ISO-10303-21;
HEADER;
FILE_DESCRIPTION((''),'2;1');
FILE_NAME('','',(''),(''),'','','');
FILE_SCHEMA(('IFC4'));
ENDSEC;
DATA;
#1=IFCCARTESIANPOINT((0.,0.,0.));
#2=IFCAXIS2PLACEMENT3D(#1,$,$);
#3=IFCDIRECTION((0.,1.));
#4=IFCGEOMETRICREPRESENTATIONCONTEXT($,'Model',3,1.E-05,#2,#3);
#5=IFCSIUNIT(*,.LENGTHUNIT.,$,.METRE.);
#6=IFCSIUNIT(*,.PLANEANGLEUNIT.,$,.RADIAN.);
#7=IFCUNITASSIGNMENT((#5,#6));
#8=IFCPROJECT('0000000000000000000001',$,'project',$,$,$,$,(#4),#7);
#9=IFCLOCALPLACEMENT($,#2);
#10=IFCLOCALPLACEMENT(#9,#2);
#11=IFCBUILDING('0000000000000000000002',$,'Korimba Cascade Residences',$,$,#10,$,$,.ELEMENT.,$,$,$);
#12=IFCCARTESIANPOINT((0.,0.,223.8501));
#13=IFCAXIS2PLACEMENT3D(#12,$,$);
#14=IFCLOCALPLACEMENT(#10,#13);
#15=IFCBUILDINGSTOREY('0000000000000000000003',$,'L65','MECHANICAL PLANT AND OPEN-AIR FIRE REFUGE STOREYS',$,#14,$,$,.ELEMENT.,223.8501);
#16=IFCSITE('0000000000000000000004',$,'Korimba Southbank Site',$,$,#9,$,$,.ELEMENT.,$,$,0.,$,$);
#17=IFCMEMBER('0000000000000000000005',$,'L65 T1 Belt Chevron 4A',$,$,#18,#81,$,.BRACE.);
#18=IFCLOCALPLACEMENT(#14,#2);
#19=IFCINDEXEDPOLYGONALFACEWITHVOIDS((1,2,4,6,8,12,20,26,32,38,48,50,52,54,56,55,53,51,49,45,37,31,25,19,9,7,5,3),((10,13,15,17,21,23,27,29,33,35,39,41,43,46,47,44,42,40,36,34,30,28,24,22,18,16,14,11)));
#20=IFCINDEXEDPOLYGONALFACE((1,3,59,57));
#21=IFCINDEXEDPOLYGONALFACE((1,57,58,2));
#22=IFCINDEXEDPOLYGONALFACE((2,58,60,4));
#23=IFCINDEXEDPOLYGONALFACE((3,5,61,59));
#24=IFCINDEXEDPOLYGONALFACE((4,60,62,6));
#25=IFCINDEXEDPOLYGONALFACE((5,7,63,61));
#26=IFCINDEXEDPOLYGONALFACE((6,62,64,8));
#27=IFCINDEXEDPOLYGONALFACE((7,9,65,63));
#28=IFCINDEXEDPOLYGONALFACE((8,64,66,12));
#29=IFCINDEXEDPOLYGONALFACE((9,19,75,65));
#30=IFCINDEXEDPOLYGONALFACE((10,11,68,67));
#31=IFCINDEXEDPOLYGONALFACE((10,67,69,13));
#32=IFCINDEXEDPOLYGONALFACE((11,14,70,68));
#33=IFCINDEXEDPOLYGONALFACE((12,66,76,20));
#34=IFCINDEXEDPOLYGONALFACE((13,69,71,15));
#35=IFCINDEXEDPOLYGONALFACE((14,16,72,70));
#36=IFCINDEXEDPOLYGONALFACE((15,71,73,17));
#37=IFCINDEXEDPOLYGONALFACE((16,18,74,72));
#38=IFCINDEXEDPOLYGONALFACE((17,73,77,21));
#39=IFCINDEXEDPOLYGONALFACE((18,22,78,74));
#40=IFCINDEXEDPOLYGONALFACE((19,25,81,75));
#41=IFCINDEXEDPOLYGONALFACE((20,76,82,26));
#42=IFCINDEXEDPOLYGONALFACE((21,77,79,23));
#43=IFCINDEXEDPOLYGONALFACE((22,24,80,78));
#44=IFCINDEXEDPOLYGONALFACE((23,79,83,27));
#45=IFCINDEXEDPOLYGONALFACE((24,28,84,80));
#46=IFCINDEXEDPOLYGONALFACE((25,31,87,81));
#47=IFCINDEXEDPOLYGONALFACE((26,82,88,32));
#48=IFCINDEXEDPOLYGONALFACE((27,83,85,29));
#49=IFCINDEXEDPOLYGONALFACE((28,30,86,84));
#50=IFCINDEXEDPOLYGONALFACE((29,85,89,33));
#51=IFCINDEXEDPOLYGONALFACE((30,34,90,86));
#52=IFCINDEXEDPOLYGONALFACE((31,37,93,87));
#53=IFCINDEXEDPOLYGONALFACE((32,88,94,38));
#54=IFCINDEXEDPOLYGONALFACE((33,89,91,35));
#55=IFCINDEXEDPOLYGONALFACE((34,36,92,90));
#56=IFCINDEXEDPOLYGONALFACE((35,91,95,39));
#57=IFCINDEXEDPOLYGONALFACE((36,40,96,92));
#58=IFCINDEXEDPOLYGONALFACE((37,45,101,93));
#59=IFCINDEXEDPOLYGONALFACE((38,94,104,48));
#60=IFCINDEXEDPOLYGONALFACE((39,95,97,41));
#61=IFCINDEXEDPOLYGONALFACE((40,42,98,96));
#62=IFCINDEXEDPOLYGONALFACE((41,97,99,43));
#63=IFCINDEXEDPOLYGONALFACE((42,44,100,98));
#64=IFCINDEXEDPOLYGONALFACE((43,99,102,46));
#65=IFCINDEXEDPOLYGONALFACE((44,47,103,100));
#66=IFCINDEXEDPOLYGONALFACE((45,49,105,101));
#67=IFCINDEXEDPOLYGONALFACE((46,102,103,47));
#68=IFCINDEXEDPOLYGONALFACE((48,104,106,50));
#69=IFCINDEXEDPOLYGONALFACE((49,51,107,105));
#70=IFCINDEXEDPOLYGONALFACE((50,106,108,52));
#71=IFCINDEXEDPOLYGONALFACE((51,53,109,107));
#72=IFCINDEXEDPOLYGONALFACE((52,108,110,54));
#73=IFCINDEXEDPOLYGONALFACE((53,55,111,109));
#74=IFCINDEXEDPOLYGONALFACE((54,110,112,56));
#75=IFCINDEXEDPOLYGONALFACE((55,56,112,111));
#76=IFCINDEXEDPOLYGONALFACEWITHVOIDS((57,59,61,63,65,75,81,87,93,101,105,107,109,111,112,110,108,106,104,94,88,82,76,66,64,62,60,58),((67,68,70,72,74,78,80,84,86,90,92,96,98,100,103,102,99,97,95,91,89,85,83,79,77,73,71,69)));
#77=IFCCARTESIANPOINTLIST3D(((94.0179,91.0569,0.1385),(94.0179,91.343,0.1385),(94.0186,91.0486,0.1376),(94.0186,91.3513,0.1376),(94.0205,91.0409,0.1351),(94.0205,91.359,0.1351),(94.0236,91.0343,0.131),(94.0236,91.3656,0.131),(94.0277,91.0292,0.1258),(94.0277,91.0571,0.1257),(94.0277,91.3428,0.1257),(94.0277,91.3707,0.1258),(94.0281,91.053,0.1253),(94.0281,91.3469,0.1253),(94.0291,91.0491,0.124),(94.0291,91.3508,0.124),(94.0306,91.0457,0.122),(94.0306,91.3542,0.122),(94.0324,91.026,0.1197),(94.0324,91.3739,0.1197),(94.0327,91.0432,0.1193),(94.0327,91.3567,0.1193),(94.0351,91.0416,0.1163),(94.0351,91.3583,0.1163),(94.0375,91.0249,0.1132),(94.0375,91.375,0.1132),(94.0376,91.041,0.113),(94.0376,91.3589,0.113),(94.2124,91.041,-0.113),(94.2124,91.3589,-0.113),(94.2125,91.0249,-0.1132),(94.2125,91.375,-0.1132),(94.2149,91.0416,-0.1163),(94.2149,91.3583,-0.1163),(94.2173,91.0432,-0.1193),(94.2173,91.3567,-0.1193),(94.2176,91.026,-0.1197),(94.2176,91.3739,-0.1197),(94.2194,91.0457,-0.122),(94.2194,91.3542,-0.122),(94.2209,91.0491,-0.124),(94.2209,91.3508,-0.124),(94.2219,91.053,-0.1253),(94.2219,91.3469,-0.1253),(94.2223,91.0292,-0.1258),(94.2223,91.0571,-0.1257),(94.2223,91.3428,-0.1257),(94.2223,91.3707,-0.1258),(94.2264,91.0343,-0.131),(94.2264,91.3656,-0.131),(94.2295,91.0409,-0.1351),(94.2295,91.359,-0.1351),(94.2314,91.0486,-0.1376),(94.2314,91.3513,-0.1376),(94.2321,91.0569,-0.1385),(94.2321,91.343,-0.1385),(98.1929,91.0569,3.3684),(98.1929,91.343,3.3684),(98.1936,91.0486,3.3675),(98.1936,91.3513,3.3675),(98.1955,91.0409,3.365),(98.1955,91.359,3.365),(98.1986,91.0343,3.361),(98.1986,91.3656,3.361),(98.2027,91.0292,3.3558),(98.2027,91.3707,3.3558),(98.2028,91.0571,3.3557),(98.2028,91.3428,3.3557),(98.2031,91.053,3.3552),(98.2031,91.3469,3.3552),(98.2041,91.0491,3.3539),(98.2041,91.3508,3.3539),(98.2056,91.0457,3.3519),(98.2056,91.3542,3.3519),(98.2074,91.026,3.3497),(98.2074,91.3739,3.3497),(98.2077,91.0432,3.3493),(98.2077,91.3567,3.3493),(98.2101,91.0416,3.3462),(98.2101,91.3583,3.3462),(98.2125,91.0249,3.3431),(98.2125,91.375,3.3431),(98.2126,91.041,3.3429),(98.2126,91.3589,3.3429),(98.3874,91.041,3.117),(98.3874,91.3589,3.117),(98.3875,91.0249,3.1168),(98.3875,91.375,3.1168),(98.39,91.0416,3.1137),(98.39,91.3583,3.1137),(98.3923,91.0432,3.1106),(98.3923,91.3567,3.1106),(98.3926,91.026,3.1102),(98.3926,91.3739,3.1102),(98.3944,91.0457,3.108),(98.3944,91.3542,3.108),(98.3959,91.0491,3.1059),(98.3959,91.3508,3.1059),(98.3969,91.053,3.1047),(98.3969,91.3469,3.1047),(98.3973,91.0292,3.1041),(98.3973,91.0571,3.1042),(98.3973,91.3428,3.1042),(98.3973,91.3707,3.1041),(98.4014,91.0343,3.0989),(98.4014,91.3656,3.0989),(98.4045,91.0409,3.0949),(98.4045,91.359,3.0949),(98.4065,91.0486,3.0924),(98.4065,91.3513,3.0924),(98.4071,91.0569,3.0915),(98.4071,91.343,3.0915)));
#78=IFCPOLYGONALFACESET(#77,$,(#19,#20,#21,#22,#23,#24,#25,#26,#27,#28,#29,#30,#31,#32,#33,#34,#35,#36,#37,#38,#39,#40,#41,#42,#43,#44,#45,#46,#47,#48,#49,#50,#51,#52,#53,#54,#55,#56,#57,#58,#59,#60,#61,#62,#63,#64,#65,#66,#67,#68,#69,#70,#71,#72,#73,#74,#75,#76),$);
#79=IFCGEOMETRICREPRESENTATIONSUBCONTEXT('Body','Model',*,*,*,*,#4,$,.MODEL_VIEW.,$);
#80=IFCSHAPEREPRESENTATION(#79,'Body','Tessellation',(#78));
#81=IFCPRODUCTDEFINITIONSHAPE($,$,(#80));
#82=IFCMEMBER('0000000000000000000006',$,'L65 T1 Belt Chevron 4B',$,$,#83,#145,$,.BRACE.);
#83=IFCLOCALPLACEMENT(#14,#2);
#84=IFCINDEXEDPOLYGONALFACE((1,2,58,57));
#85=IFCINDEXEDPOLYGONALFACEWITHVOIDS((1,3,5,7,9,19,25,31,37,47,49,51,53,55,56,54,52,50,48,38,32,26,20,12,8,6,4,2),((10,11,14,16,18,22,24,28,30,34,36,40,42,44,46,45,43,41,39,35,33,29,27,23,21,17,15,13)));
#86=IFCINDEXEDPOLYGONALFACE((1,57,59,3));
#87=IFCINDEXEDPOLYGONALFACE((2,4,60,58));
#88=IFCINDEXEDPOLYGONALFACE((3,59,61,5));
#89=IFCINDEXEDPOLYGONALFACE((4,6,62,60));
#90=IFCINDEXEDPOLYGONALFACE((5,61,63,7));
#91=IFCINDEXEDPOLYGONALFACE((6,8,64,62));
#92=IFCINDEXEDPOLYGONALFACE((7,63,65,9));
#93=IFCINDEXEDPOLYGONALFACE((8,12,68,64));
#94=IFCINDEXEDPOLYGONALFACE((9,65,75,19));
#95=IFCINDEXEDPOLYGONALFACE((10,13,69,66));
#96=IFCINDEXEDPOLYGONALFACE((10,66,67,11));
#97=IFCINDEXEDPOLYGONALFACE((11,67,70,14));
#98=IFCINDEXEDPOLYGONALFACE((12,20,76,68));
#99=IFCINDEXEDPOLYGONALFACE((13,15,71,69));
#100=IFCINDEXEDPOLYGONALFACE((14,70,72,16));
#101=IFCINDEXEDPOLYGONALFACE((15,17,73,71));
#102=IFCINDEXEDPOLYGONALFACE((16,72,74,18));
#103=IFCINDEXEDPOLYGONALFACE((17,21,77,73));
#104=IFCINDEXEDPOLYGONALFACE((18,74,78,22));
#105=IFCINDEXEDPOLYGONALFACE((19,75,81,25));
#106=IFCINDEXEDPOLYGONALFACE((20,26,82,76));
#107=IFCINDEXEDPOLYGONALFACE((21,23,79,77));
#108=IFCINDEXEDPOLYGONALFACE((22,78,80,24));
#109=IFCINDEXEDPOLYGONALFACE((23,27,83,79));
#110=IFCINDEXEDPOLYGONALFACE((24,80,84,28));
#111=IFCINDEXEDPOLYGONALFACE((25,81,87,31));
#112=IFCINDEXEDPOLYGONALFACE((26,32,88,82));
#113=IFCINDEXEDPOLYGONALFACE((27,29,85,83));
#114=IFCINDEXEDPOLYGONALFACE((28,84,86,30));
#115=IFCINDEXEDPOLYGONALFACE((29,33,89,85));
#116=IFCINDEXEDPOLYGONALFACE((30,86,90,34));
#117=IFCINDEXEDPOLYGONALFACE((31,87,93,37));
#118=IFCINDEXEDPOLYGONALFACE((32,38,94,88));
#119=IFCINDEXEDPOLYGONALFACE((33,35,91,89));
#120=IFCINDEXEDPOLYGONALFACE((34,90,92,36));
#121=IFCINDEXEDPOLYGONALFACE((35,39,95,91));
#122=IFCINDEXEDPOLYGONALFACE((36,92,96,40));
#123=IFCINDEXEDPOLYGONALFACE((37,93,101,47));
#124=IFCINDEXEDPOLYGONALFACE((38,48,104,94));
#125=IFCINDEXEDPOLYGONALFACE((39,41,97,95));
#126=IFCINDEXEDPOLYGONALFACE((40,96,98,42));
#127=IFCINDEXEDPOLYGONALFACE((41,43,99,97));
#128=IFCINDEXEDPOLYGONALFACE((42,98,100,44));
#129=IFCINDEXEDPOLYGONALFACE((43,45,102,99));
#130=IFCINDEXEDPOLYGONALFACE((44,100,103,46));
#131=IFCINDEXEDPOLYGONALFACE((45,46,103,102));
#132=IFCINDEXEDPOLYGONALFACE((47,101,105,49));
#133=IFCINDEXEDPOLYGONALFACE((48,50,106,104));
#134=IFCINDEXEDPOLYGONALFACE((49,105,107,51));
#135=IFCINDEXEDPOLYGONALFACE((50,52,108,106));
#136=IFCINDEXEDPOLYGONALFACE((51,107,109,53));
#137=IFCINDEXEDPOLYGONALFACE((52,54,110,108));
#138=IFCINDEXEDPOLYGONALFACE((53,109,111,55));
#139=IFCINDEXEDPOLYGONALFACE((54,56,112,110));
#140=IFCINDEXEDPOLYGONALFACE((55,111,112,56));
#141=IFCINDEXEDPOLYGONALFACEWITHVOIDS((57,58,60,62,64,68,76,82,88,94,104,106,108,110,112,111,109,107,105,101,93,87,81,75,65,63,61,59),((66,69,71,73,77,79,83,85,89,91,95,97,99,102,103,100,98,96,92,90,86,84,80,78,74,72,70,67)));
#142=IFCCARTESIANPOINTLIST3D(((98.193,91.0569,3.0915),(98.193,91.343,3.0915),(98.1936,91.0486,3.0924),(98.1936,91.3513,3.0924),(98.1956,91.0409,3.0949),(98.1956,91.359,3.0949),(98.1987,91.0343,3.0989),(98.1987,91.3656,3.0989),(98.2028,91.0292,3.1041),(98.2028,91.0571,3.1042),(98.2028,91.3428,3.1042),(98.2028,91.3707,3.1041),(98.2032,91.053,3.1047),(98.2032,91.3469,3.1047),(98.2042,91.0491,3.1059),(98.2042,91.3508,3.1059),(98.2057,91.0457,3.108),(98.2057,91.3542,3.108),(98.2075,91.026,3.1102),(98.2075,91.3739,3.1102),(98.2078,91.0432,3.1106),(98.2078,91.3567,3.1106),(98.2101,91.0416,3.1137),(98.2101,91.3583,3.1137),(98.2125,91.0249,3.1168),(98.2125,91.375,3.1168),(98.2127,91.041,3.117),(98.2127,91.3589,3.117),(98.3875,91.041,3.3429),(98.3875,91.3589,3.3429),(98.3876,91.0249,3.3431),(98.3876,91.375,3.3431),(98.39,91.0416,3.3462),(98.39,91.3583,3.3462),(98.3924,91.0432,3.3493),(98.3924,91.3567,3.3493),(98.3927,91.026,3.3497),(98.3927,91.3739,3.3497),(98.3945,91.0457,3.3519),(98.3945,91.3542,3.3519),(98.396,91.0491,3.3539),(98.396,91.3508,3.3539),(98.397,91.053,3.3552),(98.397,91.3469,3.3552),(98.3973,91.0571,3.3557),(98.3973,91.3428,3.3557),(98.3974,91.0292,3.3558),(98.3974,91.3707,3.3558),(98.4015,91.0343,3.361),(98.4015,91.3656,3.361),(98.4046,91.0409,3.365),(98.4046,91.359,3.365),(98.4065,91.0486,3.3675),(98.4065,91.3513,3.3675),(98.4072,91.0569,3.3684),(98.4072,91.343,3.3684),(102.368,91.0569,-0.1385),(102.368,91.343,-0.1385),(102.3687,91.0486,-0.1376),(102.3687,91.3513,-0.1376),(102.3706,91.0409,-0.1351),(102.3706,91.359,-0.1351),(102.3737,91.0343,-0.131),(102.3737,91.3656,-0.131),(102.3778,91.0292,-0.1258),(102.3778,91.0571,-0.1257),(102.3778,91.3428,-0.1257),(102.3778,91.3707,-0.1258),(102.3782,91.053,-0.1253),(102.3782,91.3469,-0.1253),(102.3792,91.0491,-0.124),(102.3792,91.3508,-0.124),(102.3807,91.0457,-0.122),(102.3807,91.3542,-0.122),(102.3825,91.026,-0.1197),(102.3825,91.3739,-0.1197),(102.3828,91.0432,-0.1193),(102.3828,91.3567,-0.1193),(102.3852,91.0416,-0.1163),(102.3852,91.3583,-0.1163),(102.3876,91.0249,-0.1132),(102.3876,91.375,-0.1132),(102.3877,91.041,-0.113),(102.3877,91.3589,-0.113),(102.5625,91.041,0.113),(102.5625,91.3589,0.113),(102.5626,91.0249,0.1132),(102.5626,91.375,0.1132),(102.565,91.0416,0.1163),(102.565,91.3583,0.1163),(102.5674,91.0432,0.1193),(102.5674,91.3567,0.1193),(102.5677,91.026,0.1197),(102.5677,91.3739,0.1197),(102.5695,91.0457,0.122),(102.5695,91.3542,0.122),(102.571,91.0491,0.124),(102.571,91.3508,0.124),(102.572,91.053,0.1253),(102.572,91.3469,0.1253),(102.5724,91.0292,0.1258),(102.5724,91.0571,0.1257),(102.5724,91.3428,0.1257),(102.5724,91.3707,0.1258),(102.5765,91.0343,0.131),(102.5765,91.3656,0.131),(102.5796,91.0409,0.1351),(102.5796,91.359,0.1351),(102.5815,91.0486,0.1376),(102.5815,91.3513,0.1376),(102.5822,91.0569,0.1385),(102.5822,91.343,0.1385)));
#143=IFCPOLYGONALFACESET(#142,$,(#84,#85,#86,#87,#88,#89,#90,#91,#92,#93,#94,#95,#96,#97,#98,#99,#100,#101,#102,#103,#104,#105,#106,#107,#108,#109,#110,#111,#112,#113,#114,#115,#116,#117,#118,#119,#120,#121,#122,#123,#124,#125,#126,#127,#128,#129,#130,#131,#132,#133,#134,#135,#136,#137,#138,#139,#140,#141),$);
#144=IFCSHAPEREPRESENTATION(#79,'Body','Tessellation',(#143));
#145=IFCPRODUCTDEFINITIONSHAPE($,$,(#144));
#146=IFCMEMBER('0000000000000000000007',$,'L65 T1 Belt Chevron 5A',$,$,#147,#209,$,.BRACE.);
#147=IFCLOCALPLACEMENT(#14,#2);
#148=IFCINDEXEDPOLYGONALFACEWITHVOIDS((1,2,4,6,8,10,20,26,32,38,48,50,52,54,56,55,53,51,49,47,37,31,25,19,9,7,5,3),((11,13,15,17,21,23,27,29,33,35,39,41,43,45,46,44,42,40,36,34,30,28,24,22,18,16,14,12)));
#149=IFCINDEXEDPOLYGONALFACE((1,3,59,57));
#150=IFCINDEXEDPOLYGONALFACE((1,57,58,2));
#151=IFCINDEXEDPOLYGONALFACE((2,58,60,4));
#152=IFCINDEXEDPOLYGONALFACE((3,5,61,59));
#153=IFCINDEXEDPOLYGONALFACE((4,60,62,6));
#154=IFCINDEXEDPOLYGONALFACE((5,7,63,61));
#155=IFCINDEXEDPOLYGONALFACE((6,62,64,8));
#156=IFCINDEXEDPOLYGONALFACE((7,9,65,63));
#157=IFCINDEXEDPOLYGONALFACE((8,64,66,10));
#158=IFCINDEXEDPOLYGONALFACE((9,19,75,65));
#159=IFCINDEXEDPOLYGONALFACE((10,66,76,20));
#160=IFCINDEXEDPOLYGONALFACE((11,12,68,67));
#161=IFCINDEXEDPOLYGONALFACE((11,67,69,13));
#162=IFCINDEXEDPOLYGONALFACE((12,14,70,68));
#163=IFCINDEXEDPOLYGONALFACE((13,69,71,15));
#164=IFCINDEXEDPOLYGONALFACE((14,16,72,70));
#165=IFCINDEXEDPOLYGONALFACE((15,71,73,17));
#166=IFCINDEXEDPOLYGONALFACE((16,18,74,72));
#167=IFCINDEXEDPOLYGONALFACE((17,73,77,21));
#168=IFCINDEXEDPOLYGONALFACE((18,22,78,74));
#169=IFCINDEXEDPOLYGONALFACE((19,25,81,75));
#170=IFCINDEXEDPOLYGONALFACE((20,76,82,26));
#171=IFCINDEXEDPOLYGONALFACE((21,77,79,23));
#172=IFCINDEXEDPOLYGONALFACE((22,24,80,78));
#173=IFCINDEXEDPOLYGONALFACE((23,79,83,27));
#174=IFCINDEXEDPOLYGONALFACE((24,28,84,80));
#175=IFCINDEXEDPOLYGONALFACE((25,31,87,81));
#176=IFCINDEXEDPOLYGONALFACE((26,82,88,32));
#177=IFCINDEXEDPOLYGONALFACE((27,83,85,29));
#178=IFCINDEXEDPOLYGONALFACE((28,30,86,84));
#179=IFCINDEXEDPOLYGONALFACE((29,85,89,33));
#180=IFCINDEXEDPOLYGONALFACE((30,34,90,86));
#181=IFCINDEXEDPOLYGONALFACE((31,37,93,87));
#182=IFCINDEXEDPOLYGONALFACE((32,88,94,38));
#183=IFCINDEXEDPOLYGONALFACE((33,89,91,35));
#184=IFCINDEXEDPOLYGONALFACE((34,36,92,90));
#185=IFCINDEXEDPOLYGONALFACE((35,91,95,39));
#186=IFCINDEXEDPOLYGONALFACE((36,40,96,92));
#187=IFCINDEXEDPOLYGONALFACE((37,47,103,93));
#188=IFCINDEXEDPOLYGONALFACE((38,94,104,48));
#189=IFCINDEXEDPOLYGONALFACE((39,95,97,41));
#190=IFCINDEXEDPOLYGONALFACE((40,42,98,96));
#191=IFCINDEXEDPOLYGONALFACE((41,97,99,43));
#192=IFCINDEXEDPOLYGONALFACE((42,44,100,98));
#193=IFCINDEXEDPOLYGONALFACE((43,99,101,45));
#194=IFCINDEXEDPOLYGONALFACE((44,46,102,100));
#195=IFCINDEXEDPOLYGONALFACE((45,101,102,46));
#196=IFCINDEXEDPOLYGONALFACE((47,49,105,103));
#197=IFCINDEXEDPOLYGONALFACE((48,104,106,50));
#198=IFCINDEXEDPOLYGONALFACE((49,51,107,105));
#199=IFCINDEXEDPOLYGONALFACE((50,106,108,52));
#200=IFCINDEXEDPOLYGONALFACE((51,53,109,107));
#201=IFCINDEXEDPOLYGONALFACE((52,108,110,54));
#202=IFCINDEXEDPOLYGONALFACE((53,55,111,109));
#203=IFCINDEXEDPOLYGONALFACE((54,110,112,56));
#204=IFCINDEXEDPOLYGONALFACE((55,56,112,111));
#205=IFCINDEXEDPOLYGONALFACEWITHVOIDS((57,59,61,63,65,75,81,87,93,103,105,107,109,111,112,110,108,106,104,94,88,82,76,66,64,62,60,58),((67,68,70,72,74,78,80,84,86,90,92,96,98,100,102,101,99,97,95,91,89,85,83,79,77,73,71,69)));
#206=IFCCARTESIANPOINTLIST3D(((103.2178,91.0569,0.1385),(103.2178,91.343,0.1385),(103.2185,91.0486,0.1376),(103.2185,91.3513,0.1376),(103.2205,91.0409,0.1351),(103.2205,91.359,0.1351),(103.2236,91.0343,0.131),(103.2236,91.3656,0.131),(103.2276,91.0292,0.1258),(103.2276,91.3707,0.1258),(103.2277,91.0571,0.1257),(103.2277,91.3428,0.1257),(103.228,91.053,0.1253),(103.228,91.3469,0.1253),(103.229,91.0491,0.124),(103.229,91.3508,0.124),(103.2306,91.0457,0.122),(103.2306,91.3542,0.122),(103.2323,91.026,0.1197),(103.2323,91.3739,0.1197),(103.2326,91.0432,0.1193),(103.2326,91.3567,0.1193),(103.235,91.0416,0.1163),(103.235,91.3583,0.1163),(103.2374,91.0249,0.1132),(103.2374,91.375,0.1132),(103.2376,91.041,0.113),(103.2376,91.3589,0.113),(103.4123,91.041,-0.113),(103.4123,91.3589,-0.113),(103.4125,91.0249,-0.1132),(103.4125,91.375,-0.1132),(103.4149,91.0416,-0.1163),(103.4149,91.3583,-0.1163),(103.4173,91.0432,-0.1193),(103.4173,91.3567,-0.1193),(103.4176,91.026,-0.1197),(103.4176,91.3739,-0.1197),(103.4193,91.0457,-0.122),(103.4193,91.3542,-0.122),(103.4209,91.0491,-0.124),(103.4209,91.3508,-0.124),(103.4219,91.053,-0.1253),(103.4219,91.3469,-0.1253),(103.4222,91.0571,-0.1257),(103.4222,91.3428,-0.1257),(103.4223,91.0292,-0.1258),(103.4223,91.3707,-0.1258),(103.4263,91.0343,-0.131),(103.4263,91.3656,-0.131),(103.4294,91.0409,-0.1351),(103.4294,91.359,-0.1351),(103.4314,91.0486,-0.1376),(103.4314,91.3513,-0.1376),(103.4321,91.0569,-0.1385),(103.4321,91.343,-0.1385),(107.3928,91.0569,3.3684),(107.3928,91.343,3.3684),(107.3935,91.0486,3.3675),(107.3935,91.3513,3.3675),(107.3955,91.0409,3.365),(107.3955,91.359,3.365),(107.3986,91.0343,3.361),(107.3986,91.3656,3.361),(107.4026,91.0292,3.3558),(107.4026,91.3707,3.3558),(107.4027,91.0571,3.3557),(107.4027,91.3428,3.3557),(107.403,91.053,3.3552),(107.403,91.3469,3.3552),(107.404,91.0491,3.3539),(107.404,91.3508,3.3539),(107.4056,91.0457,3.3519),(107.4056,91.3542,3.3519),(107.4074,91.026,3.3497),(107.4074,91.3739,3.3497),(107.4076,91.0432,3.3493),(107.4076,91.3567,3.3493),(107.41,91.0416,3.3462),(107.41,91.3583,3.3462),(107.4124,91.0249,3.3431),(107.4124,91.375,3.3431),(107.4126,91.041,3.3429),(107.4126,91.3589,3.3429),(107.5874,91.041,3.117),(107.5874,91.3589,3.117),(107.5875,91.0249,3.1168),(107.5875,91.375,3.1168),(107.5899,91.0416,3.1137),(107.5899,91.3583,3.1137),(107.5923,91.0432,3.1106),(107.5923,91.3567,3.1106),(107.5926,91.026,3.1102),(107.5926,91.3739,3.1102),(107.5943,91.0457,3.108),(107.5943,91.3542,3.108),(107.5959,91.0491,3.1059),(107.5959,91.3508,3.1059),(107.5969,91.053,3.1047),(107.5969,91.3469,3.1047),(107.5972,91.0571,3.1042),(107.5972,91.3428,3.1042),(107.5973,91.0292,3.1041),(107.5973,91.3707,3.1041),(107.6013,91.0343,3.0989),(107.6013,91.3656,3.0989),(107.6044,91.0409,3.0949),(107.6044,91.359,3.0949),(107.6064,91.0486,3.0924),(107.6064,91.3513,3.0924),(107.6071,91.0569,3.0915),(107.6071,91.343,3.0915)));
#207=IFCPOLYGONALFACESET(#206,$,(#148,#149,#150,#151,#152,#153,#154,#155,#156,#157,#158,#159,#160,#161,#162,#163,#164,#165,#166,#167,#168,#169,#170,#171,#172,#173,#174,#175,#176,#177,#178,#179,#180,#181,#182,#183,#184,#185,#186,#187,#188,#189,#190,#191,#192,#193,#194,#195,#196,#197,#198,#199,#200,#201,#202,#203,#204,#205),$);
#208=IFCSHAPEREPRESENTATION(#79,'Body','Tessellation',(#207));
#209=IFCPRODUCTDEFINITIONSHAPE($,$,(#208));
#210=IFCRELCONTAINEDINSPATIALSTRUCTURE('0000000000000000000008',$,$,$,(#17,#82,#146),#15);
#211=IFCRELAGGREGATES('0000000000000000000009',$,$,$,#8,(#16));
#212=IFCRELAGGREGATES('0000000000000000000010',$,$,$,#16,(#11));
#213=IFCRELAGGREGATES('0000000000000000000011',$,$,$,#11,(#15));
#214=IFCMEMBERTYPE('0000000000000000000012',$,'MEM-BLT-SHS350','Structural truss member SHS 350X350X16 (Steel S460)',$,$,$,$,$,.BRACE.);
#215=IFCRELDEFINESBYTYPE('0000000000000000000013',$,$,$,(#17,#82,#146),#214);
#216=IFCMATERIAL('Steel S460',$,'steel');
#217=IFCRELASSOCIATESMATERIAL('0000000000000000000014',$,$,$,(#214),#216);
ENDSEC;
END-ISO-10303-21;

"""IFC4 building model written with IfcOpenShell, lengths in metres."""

from ifc_helpers import new_model, si_unit, direction, frame, origin, origin_2d, place, context, subcontext, project, spatial, hollow_rectangle, extrude, material, material_profile, profile_set, type_object, element, save


model = new_model("IFC4")

# Units and contexts
model_context = context("Model", 3, precision=1e-05, world=origin(), true_north=direction((0.0, 1.0)))
body_context = subcontext(model_context, "Body", "Model", "MODEL_VIEW")
ifc_project = project(units=[si_unit("LENGTHUNIT", "METRE"), si_unit("PLANEANGLEUNIT", "RADIAN")], contexts=[model_context])

# Site, building, storey
site_placement = place(None, origin())
site = spatial("IfcSite", under=ifc_project, at=site_placement, Name="Korimba Southbank Site", CompositionType="ELEMENT", RefElevation=0.0)
building_placement = place(site_placement, origin())
building = spatial("IfcBuilding", under=site, at=building_placement, Name="Korimba Cascade Residences", CompositionType="ELEMENT")
storey_placement = place(building_placement, frame((0.0, 0.0, 223.8501)))
storey = spatial("IfcBuildingStorey", under=building, at=storey_placement, Name="L65", Description="MECHANICAL PLANT AND OPEN-AIR FIRE REFUGE STOREYS", CompositionType="ELEMENT", Elevation=223.8501)

# Members
ifc_material_1 = material(Name="Steel S460", Category="steel")
ifc_material_profile_1 = material_profile(ifc_material_1, hollow_rectangle(XDim=0.3501, YDim=0.3501, WallThickness=0.0161, InnerFilletRadius=0.0161, OuterFilletRadius=0.032, at=origin_2d()), Name="Steel S460")
ifc_profile_set_1 = profile_set([ifc_material_profile_1], Name="Steel S460")
member_type_1 = type_object("IfcMemberType", Name="MEM-BLT-SHS350", Description="Structural truss member SHS 350X350X16 (Steel S460)", PredefinedType="BRACE", material=ifc_profile_set_1)
for number, where, z_axis, x_axis, name in (
    (1, (94.125, 91.2, 0.0), (0.790936, 0.0, 0.611899), (0.0, 1.0, 0.0), "L65 T1 Belt Chevron 4A"),
    (2, (102.4751, 91.2, 0.0), (-0.790936, 0.0, 0.611899), (0.0, -1.0, 0.0), "L65 T1 Belt Chevron 4B"),
    (3, (103.325, 91.2, 0.0), (0.790936, 0.0, 0.611899), (0.0, 1.0, 0.0), "L65 T1 Belt Chevron 5A"),
):
    element("IfcMember", number, at=place(storey_placement, frame(where, z_axis=z_axis, x_axis=x_axis)), inside=storey, type_object=member_type_1, Name=name, PredefinedType="BRACE", context=body_context, shape_type="SweptSolid", body=[
        extrude(hollow_rectangle(XDim=0.3501, YDim=0.3501, WallThickness=0.0161, InnerFilletRadius=0.0161, OuterFilletRadius=0.032, at=origin_2d()), origin(), (0.0, 0.0, 1.0), 5.2786),
    ])

save(model, "model.ifc")
